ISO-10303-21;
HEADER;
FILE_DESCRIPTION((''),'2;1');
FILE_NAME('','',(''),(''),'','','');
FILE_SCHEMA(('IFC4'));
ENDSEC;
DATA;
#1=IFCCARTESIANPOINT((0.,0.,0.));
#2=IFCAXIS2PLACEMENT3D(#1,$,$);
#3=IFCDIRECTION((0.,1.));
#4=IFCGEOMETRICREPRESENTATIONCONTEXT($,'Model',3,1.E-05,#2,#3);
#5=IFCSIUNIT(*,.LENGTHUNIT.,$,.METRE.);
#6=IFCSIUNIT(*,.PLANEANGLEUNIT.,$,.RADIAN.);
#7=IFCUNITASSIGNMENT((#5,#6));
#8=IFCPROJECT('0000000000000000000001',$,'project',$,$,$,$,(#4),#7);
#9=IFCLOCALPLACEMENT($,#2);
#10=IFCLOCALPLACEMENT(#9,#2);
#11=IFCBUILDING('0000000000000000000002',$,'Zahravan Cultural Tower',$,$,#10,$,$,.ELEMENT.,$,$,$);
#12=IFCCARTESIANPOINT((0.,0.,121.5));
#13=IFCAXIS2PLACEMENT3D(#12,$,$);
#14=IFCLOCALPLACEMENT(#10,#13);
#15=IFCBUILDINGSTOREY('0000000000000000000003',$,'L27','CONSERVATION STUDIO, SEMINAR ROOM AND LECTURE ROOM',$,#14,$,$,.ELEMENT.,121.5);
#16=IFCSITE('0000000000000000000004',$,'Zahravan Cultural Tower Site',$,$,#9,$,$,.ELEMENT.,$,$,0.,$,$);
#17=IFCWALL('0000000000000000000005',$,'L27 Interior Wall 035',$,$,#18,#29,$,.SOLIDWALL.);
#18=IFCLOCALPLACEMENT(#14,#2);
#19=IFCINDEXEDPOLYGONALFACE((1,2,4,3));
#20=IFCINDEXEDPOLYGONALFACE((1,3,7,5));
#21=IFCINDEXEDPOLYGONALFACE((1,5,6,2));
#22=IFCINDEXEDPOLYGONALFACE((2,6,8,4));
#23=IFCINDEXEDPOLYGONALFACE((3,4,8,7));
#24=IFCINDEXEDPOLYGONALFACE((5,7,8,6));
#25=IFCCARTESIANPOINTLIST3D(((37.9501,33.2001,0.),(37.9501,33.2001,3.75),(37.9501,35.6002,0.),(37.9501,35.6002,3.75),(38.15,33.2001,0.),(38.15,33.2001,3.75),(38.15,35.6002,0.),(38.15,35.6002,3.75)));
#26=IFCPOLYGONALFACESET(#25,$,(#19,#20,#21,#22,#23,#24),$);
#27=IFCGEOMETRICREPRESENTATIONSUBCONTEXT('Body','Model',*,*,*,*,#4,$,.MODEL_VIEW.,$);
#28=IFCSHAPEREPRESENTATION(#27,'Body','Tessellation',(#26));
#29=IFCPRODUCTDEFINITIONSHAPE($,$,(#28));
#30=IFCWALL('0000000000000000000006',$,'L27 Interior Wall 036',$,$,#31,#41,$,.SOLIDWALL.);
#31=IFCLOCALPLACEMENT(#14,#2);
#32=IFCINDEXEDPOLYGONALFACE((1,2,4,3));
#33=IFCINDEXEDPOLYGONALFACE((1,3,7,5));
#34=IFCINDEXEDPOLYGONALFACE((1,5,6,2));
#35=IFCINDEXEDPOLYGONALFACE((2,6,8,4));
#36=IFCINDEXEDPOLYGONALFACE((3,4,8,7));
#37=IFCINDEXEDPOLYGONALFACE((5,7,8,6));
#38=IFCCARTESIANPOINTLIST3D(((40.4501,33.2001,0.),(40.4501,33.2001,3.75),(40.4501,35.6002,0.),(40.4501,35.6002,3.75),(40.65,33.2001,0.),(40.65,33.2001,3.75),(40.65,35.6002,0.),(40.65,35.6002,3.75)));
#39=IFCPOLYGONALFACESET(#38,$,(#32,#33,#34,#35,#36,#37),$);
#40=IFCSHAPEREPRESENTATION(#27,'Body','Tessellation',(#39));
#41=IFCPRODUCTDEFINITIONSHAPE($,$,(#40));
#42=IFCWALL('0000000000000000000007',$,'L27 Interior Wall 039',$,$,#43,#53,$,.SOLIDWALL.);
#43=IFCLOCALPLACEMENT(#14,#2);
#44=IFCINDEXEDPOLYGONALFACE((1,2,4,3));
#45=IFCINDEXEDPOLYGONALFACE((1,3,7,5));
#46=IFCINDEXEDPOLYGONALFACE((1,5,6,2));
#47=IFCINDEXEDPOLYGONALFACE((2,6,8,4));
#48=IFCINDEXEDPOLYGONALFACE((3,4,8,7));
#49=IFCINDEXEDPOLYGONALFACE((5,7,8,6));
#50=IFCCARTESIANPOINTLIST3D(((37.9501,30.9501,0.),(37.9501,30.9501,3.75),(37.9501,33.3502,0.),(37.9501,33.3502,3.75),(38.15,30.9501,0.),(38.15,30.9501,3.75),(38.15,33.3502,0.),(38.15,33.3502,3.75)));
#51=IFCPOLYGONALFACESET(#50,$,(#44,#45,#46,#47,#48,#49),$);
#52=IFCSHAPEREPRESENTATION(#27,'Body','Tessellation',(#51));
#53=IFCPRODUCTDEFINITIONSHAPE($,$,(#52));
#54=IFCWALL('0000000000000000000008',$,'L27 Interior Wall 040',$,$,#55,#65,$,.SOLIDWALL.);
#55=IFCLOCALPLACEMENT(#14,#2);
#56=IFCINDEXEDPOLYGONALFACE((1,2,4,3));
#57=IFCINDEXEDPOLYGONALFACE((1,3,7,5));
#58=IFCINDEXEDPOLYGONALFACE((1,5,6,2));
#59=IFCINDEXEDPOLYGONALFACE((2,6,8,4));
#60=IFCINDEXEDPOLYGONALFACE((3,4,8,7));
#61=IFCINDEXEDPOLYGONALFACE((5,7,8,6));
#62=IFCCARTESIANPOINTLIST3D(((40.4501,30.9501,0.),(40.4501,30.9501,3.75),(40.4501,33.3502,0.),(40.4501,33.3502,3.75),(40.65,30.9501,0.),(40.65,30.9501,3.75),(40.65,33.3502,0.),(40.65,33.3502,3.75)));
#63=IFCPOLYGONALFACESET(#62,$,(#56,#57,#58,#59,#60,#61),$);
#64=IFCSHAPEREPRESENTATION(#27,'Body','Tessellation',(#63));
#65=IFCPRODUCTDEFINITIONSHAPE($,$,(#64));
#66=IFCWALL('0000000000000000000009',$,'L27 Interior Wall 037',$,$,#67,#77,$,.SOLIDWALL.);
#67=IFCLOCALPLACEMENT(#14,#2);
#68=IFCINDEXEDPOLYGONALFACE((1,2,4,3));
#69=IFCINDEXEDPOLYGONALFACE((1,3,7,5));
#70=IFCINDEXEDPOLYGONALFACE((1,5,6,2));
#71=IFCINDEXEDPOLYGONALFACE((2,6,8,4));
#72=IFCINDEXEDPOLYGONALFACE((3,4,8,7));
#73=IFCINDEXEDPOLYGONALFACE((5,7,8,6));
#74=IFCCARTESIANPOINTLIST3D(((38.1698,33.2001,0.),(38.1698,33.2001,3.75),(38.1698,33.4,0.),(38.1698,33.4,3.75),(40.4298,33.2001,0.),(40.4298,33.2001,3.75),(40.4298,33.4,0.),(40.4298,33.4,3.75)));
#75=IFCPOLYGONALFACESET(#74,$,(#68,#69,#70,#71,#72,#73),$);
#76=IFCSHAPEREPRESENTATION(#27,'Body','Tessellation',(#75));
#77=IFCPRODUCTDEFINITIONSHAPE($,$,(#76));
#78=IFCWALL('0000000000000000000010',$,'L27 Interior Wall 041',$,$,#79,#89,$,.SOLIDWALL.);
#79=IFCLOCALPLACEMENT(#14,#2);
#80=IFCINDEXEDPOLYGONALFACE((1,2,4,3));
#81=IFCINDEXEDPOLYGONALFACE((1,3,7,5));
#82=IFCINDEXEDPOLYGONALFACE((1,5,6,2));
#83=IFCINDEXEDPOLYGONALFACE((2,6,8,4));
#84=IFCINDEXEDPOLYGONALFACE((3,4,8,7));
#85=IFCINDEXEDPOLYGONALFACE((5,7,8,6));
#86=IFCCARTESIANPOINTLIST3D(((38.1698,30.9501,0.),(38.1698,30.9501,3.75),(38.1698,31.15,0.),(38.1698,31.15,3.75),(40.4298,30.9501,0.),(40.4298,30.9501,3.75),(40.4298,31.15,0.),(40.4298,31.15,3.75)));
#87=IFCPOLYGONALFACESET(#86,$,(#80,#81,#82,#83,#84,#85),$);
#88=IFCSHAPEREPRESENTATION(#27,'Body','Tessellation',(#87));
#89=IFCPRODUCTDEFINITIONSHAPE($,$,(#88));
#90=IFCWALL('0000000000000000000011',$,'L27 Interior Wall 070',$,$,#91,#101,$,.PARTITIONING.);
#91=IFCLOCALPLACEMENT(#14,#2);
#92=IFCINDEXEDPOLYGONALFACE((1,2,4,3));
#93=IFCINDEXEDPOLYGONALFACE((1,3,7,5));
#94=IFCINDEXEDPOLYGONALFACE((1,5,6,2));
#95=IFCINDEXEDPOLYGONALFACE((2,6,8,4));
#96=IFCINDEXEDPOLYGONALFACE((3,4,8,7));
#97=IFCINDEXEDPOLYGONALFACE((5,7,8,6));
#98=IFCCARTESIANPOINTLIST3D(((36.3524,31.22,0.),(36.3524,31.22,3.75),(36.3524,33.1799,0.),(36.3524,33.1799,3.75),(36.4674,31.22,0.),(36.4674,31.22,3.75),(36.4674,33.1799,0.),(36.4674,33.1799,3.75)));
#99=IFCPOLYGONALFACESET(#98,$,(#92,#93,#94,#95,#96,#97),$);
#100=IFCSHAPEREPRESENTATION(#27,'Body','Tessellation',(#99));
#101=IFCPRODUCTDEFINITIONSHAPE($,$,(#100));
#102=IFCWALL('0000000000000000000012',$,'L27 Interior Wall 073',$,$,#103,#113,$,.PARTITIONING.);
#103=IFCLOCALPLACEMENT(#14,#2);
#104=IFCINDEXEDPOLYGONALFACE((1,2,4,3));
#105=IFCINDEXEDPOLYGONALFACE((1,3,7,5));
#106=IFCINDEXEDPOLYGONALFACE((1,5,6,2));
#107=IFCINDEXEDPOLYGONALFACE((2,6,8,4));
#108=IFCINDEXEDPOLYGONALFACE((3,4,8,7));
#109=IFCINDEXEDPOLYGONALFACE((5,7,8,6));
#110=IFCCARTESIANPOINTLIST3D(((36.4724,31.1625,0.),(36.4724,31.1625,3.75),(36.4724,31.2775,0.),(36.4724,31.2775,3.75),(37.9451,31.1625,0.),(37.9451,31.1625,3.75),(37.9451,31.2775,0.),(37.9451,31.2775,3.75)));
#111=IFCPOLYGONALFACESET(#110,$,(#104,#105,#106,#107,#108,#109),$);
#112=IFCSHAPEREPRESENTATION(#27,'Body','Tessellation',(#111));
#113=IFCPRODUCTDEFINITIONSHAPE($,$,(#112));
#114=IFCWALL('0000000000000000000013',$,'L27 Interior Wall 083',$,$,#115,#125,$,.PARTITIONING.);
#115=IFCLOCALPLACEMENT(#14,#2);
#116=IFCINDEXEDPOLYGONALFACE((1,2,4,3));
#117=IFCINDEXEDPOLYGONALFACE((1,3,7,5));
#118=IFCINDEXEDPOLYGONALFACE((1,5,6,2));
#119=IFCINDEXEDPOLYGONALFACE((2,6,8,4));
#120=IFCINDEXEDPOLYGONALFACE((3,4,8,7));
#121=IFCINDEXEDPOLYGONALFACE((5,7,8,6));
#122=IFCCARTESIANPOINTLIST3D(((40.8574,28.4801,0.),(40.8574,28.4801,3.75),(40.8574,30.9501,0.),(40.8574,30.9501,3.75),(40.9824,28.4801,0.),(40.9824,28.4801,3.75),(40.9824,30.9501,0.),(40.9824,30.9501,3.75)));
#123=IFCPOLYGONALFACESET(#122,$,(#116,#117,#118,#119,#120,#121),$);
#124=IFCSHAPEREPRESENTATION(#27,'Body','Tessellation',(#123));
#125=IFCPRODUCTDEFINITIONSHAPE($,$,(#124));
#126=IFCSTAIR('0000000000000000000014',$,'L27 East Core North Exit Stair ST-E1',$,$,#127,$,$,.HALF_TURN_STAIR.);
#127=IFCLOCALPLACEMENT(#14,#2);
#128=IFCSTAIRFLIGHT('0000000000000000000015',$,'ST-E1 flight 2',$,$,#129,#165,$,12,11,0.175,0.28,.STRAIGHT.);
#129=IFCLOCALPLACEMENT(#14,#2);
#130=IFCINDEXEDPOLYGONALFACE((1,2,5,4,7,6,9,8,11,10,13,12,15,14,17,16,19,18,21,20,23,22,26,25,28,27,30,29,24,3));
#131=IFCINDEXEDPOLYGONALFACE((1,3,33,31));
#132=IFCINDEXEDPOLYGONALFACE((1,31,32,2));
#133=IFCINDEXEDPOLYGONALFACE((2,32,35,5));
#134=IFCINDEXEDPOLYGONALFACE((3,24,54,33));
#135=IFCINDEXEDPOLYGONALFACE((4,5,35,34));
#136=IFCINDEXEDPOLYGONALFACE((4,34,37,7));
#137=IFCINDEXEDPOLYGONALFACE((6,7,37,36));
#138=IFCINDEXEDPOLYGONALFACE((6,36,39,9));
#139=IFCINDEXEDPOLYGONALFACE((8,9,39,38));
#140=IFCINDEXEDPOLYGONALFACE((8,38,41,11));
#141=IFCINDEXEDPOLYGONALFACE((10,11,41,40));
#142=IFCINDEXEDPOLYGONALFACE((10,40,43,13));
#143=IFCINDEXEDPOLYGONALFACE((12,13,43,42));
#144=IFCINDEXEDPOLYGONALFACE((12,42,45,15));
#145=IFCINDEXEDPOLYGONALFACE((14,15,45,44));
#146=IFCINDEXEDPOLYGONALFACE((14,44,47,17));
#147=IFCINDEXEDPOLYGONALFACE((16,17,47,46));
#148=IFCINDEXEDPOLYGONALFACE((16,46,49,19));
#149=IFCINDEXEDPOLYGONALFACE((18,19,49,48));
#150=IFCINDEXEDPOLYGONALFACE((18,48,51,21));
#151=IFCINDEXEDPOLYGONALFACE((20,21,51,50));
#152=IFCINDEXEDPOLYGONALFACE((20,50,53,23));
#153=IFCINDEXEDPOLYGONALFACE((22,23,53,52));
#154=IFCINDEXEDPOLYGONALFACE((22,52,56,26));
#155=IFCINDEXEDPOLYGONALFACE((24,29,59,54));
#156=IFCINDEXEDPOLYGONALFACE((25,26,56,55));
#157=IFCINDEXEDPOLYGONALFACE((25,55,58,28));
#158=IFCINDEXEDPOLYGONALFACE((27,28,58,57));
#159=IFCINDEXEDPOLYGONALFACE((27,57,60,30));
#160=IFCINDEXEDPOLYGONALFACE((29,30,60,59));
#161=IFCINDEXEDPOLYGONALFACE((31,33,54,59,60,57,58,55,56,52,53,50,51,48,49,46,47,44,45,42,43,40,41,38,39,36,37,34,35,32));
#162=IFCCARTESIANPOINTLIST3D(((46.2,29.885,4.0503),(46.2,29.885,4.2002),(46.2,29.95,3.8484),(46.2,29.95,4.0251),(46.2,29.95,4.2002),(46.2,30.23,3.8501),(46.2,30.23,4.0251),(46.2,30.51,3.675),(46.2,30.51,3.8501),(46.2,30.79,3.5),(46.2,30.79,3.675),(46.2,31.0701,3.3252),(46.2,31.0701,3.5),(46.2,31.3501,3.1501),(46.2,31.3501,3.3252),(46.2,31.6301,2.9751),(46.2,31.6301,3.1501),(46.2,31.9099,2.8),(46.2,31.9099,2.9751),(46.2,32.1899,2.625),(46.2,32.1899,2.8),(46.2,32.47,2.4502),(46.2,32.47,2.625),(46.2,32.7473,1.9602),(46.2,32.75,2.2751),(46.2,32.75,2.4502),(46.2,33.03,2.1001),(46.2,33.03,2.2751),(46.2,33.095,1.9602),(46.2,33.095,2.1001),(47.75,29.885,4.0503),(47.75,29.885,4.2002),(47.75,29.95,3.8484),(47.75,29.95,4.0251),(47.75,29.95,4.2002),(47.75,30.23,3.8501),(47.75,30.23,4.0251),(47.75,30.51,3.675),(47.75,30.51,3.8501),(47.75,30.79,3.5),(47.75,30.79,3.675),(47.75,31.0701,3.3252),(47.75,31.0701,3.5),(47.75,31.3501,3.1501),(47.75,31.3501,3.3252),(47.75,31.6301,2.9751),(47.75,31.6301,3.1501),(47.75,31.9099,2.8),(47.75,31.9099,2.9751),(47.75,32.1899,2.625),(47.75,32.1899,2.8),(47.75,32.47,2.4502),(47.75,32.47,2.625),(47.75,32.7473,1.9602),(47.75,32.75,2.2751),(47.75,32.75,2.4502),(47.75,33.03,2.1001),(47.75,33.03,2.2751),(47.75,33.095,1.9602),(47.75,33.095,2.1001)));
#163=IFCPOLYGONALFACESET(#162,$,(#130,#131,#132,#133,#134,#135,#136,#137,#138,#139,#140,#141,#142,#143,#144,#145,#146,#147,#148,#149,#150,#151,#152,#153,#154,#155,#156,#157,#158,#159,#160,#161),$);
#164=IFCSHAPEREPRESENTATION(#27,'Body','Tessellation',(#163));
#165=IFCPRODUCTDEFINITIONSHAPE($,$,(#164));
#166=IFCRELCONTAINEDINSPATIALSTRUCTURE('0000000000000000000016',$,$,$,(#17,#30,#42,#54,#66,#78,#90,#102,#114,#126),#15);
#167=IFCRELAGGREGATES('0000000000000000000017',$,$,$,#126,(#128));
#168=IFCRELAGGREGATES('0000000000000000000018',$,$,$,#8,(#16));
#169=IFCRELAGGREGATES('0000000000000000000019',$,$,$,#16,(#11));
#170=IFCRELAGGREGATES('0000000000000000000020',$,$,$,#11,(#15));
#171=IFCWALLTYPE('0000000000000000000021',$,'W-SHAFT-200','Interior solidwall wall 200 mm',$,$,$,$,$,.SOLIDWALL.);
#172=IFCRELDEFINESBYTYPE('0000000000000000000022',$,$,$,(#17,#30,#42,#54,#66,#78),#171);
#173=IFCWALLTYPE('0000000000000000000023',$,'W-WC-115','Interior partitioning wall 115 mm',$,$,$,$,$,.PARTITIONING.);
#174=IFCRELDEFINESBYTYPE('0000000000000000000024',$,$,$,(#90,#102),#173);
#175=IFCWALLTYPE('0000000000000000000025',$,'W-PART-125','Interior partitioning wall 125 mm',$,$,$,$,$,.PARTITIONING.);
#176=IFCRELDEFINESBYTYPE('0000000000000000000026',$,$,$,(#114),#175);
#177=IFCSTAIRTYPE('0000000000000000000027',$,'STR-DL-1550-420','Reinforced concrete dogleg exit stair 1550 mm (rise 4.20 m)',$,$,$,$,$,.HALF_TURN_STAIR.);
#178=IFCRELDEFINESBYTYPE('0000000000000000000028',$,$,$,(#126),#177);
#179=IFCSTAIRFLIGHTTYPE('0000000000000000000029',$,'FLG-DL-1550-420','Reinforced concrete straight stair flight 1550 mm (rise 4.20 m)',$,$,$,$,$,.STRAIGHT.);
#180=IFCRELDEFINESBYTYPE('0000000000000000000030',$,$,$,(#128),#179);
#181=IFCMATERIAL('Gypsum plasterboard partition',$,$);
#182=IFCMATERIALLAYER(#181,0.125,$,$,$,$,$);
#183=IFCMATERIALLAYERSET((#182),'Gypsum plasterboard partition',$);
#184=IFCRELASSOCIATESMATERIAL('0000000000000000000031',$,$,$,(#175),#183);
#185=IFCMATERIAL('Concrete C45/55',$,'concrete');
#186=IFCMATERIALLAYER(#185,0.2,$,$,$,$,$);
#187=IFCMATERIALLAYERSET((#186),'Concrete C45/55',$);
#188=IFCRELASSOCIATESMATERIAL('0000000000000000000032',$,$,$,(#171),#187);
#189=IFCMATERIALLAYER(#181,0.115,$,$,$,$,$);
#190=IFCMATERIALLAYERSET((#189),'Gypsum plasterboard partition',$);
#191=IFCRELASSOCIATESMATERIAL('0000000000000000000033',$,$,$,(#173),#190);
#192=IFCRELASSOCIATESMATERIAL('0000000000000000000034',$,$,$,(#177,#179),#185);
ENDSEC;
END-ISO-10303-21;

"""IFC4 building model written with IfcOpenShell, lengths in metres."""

from ifc_helpers import new_model, si_unit, direction, frame, frame_2d, origin, place, context, subcontext, project, spatial, polyline, rectangle, outline, extrude, source, transform, mapped, material, layer, layer_set, type_object, element, aggregate, save


model = new_model("IFC4")

# Units and contexts
model_context = context("Model", 3, precision=1e-05, world=origin(), true_north=direction((0.0, 1.0)))
body_context = subcontext(model_context, "Body", "Model", "MODEL_VIEW")
ifc_project = project(units=[si_unit("LENGTHUNIT", "METRE"), si_unit("PLANEANGLEUNIT", "RADIAN")], contexts=[model_context])

# Site, building, storey
site_placement = place(None, origin())
site = spatial("IfcSite", under=ifc_project, at=site_placement, Name="Zahravan Cultural Tower Site", CompositionType="ELEMENT", RefElevation=0.0)
building_placement = place(site_placement, origin())
building = spatial("IfcBuilding", under=site, at=building_placement, Name="Zahravan Cultural Tower", CompositionType="ELEMENT")
storey_placement = place(building_placement, frame((0.0, 0.0, 121.5)))
storey = spatial("IfcBuildingStorey", under=building, at=storey_placement, Name="L27", Description="CONSERVATION STUDIO, SEMINAR ROOM AND LECTURE ROOM", CompositionType="ELEMENT", Elevation=121.5)

# Shared definitions
ifc_material_1 = material(Name="Gypsum plasterboard partition")
ifc_layer_1 = layer(ifc_material_1, 0.125)
ifc_layer_set_1 = layer_set([ifc_layer_1], Name="Gypsum plasterboard partition")
wall_type_1 = type_object("IfcWallType", Name="W-PART-125", Description="Interior partitioning wall 125 mm", PredefinedType="PARTITIONING", material=ifc_layer_set_1)
ifc_material_2 = material(Name="Concrete C45/55", Category="concrete")
ifc_layer_2 = layer(ifc_material_2, 0.2)
ifc_layer_set_2 = layer_set([ifc_layer_2], Name="Concrete C45/55")
wall_type_2 = type_object("IfcWallType", Name="W-SHAFT-200", Description="Interior solidwall wall 200 mm", PredefinedType="SOLIDWALL", material=ifc_layer_set_2)
ifc_layer_3 = layer(ifc_material_1, 0.115)
ifc_layer_set_3 = layer_set([ifc_layer_3], Name="Gypsum plasterboard partition")
wall_type_3 = type_object("IfcWallType", Name="W-WC-115", Description="Interior partitioning wall 115 mm", PredefinedType="PARTITIONING", material=ifc_layer_set_3)

# Walls
shared_shape_1 = source(origin(), body_context, "Body", "SweptSolid", [
    extrude(rectangle(XDim=2.4001, YDim=0.2, at=frame_2d((1.2002, 0.0))), origin(), (0.0, 0.0, 1.0), 3.75),
])
for number, where, z_axis, x_axis, name in (
    (1, (38.05, 33.2, 0.0), (0.0, 0.0, 1.0), (0.0, 1.0, 0.0), "L27 Interior Wall 035"),
    (2, (40.55, 33.2, 0.0), (0.0, 0.0, 1.0), (0.0, 1.0, 0.0), "L27 Interior Wall 036"),
    (3, (38.05, 30.95, 0.0), (0.0, 0.0, 1.0), (0.0, 1.0, 0.0), "L27 Interior Wall 039"),
    (4, (40.55, 30.95, 0.0), (0.0, 0.0, 1.0), (0.0, 1.0, 0.0), "L27 Interior Wall 040"),
):
    element("IfcWall", number, at=place(storey_placement, frame(where, z_axis=z_axis, x_axis=x_axis)), inside=storey, type_object=wall_type_2, Name=name, PredefinedType="SOLIDWALL", context=body_context, shape_type="MappedRepresentation", body=[
        mapped(shared_shape_1, transform((0.0, 0.0, 0.0), x_axis=(1.0, 0.0, 0.0), y_axis=(0.0, 1.0, 0.0), z_axis=(0.0, 0.0, 1.0), scale=1.0)),
    ])
shared_shape_2 = source(origin(), body_context, "Body", "SweptSolid", [
    extrude(rectangle(XDim=2.26, YDim=0.2, at=frame_2d((1.1299, 0.0))), origin(), (0.0, 0.0, 1.0), 3.75),
])
for number, where, z_axis, x_axis, name in (
    (5, (38.1699, 33.3, 0.0), (0.0, 0.0, 1.0), (1.0, 0.0, 0.0), "L27 Interior Wall 037"),
    (6, (38.1699, 31.05, 0.0), (0.0, 0.0, 1.0), (1.0, 0.0, 0.0), "L27 Interior Wall 041"),
):
    element("IfcWall", number, at=place(storey_placement, frame(where, z_axis=z_axis, x_axis=x_axis)), inside=storey, type_object=wall_type_2, Name=name, PredefinedType="SOLIDWALL", context=body_context, shape_type="MappedRepresentation", body=[
        mapped(shared_shape_2, transform((0.0, 0.0, 0.0), x_axis=(1.0, 0.0, 0.0), y_axis=(0.0, 1.0, 0.0), z_axis=(0.0, 0.0, 1.0), scale=1.0)),
    ])
shared_shape_3 = source(origin(), body_context, "Body", "SweptSolid", [
    extrude(rectangle(XDim=1.96, YDim=0.115, at=frame_2d((0.98, 0.0))), origin(), (0.0, 0.0, 1.0), 3.75),
])
wall_1_placement = place(storey_placement, frame((36.4099, 33.1799, 0.0), z_axis=(0.0, 0.0, 1.0), x_axis=(0.0, -1.0, 0.0)))
element("IfcWall", 7, at=wall_1_placement, inside=storey, type_object=wall_type_3, Name="L27 Interior Wall 070", PredefinedType="PARTITIONING", context=body_context, shape_type="MappedRepresentation", body=[
    mapped(shared_shape_3, transform((0.0, 0.0, 0.0), x_axis=(1.0, 0.0, 0.0), y_axis=(0.0, 1.0, 0.0), z_axis=(0.0, 0.0, 1.0), scale=1.0)),
])
shared_shape_4 = source(origin(), body_context, "Body", "SweptSolid", [
    extrude(rectangle(XDim=1.4727, YDim=0.115, at=frame_2d((0.7363, 0.0))), origin(), (0.0, 0.0, 1.0), 3.75),
])
wall_2_placement = place(storey_placement, frame((37.9451, 31.22, 0.0), z_axis=(0.0, 0.0, 1.0), x_axis=(-1.0, 0.0, 0.0)))
element("IfcWall", 8, at=wall_2_placement, inside=storey, type_object=wall_type_3, Name="L27 Interior Wall 073", PredefinedType="PARTITIONING", context=body_context, shape_type="MappedRepresentation", body=[
    mapped(shared_shape_4, transform((0.0, 0.0, 0.0), x_axis=(1.0, 0.0, 0.0), y_axis=(0.0, 1.0, 0.0), z_axis=(0.0, 0.0, 1.0), scale=1.0)),
])
shared_shape_5 = source(origin(), body_context, "Body", "SweptSolid", [
    extrude(rectangle(XDim=2.47, YDim=0.125, at=frame_2d((1.2349, 0.0))), origin(), (0.0, 0.0, 1.0), 3.75),
])
wall_3_placement = place(storey_placement, frame((40.9199, 30.95, 0.0), z_axis=(0.0, 0.0, 1.0), x_axis=(0.0, -1.0, 0.0)))
element("IfcWall", 9, at=wall_3_placement, inside=storey, type_object=wall_type_1, Name="L27 Interior Wall 083", PredefinedType="PARTITIONING", context=body_context, shape_type="MappedRepresentation", body=[
    mapped(shared_shape_5, transform((0.0, 0.0, 0.0), x_axis=(1.0, 0.0, 0.0), y_axis=(0.0, 1.0, 0.0), z_axis=(0.0, 0.0, 1.0), scale=1.0)),
])

# Stair, stair flight
stair_type = type_object("IfcStairType", Name="STR-DL-1550-420", Description="Reinforced concrete dogleg exit stair 1550 mm (rise 4.20 m)", PredefinedType="HALF_TURN_STAIR", material=ifc_material_2)
stair_placement = place(storey_placement, origin())
stair = element("IfcStair", 10, at=stair_placement, inside=storey, type_object=stair_type, Name="L27 East Core North Exit Stair ST-E1", PredefinedType="HALF_TURN_STAIR")
stair_flight_type = type_object("IfcStairFlightType", Name="FLG-DL-1550-420", Description="Reinforced concrete straight stair flight 1550 mm (rise 4.20 m)", PredefinedType="STRAIGHT", material=ifc_material_2)
stair_flight_placement = place(storey_placement, frame((46.9751, 33.03, 2.1001), z_axis=(0.0, 0.0, 1.0), x_axis=(0.0, -1.0, 0.0)))
stair_flight = element("IfcStairFlight", 11, at=stair_flight_placement, type_object=stair_flight_type, Name="ST-E1 flight 2", NumberOfRisers=12, NumberOfTreads=11, PredefinedType="STRAIGHT", RiserHeight=0.175, TreadLength=0.28, context=body_context, shape_type="SweptSolid", body=[
    extrude(outline(polyline([(-0.0649, -0.1399), (-0.0649, 0.0), (0.0, 0.0), (0.0, 0.175), (0.28, 0.175), (0.28, 0.3501), (0.5601, 0.3501), (0.5601, 0.5249), (0.8401, 0.5249), (0.8401, 0.7), (1.1201, 0.7), (1.1201, 0.875), (1.3999, 0.875), (1.3999, 1.05), (1.6799, 1.05), (1.6799, 1.2251), (1.96, 1.2251), (1.96, 1.3999), (2.24, 1.3999), (2.24, 1.575), (2.52, 1.575), (2.52, 1.75), (2.8, 1.75), (2.8, 1.925), (3.0801, 1.925), (3.0801, 2.1001), (3.145, 2.1001), (3.145, 1.9502), (3.0801, 1.7483), (0.2827, -0.1399), (-0.0649, -0.1399)])), frame((0.0, 0.7749, 0.0), z_axis=(0.0, -1.0, 0.0), x_axis=(1.0, 0.0, 0.0)), (0.0, 0.0, 1.0), 1.55),
])
aggregate(stair, [stair_flight])

save(model, "model.ifc")
